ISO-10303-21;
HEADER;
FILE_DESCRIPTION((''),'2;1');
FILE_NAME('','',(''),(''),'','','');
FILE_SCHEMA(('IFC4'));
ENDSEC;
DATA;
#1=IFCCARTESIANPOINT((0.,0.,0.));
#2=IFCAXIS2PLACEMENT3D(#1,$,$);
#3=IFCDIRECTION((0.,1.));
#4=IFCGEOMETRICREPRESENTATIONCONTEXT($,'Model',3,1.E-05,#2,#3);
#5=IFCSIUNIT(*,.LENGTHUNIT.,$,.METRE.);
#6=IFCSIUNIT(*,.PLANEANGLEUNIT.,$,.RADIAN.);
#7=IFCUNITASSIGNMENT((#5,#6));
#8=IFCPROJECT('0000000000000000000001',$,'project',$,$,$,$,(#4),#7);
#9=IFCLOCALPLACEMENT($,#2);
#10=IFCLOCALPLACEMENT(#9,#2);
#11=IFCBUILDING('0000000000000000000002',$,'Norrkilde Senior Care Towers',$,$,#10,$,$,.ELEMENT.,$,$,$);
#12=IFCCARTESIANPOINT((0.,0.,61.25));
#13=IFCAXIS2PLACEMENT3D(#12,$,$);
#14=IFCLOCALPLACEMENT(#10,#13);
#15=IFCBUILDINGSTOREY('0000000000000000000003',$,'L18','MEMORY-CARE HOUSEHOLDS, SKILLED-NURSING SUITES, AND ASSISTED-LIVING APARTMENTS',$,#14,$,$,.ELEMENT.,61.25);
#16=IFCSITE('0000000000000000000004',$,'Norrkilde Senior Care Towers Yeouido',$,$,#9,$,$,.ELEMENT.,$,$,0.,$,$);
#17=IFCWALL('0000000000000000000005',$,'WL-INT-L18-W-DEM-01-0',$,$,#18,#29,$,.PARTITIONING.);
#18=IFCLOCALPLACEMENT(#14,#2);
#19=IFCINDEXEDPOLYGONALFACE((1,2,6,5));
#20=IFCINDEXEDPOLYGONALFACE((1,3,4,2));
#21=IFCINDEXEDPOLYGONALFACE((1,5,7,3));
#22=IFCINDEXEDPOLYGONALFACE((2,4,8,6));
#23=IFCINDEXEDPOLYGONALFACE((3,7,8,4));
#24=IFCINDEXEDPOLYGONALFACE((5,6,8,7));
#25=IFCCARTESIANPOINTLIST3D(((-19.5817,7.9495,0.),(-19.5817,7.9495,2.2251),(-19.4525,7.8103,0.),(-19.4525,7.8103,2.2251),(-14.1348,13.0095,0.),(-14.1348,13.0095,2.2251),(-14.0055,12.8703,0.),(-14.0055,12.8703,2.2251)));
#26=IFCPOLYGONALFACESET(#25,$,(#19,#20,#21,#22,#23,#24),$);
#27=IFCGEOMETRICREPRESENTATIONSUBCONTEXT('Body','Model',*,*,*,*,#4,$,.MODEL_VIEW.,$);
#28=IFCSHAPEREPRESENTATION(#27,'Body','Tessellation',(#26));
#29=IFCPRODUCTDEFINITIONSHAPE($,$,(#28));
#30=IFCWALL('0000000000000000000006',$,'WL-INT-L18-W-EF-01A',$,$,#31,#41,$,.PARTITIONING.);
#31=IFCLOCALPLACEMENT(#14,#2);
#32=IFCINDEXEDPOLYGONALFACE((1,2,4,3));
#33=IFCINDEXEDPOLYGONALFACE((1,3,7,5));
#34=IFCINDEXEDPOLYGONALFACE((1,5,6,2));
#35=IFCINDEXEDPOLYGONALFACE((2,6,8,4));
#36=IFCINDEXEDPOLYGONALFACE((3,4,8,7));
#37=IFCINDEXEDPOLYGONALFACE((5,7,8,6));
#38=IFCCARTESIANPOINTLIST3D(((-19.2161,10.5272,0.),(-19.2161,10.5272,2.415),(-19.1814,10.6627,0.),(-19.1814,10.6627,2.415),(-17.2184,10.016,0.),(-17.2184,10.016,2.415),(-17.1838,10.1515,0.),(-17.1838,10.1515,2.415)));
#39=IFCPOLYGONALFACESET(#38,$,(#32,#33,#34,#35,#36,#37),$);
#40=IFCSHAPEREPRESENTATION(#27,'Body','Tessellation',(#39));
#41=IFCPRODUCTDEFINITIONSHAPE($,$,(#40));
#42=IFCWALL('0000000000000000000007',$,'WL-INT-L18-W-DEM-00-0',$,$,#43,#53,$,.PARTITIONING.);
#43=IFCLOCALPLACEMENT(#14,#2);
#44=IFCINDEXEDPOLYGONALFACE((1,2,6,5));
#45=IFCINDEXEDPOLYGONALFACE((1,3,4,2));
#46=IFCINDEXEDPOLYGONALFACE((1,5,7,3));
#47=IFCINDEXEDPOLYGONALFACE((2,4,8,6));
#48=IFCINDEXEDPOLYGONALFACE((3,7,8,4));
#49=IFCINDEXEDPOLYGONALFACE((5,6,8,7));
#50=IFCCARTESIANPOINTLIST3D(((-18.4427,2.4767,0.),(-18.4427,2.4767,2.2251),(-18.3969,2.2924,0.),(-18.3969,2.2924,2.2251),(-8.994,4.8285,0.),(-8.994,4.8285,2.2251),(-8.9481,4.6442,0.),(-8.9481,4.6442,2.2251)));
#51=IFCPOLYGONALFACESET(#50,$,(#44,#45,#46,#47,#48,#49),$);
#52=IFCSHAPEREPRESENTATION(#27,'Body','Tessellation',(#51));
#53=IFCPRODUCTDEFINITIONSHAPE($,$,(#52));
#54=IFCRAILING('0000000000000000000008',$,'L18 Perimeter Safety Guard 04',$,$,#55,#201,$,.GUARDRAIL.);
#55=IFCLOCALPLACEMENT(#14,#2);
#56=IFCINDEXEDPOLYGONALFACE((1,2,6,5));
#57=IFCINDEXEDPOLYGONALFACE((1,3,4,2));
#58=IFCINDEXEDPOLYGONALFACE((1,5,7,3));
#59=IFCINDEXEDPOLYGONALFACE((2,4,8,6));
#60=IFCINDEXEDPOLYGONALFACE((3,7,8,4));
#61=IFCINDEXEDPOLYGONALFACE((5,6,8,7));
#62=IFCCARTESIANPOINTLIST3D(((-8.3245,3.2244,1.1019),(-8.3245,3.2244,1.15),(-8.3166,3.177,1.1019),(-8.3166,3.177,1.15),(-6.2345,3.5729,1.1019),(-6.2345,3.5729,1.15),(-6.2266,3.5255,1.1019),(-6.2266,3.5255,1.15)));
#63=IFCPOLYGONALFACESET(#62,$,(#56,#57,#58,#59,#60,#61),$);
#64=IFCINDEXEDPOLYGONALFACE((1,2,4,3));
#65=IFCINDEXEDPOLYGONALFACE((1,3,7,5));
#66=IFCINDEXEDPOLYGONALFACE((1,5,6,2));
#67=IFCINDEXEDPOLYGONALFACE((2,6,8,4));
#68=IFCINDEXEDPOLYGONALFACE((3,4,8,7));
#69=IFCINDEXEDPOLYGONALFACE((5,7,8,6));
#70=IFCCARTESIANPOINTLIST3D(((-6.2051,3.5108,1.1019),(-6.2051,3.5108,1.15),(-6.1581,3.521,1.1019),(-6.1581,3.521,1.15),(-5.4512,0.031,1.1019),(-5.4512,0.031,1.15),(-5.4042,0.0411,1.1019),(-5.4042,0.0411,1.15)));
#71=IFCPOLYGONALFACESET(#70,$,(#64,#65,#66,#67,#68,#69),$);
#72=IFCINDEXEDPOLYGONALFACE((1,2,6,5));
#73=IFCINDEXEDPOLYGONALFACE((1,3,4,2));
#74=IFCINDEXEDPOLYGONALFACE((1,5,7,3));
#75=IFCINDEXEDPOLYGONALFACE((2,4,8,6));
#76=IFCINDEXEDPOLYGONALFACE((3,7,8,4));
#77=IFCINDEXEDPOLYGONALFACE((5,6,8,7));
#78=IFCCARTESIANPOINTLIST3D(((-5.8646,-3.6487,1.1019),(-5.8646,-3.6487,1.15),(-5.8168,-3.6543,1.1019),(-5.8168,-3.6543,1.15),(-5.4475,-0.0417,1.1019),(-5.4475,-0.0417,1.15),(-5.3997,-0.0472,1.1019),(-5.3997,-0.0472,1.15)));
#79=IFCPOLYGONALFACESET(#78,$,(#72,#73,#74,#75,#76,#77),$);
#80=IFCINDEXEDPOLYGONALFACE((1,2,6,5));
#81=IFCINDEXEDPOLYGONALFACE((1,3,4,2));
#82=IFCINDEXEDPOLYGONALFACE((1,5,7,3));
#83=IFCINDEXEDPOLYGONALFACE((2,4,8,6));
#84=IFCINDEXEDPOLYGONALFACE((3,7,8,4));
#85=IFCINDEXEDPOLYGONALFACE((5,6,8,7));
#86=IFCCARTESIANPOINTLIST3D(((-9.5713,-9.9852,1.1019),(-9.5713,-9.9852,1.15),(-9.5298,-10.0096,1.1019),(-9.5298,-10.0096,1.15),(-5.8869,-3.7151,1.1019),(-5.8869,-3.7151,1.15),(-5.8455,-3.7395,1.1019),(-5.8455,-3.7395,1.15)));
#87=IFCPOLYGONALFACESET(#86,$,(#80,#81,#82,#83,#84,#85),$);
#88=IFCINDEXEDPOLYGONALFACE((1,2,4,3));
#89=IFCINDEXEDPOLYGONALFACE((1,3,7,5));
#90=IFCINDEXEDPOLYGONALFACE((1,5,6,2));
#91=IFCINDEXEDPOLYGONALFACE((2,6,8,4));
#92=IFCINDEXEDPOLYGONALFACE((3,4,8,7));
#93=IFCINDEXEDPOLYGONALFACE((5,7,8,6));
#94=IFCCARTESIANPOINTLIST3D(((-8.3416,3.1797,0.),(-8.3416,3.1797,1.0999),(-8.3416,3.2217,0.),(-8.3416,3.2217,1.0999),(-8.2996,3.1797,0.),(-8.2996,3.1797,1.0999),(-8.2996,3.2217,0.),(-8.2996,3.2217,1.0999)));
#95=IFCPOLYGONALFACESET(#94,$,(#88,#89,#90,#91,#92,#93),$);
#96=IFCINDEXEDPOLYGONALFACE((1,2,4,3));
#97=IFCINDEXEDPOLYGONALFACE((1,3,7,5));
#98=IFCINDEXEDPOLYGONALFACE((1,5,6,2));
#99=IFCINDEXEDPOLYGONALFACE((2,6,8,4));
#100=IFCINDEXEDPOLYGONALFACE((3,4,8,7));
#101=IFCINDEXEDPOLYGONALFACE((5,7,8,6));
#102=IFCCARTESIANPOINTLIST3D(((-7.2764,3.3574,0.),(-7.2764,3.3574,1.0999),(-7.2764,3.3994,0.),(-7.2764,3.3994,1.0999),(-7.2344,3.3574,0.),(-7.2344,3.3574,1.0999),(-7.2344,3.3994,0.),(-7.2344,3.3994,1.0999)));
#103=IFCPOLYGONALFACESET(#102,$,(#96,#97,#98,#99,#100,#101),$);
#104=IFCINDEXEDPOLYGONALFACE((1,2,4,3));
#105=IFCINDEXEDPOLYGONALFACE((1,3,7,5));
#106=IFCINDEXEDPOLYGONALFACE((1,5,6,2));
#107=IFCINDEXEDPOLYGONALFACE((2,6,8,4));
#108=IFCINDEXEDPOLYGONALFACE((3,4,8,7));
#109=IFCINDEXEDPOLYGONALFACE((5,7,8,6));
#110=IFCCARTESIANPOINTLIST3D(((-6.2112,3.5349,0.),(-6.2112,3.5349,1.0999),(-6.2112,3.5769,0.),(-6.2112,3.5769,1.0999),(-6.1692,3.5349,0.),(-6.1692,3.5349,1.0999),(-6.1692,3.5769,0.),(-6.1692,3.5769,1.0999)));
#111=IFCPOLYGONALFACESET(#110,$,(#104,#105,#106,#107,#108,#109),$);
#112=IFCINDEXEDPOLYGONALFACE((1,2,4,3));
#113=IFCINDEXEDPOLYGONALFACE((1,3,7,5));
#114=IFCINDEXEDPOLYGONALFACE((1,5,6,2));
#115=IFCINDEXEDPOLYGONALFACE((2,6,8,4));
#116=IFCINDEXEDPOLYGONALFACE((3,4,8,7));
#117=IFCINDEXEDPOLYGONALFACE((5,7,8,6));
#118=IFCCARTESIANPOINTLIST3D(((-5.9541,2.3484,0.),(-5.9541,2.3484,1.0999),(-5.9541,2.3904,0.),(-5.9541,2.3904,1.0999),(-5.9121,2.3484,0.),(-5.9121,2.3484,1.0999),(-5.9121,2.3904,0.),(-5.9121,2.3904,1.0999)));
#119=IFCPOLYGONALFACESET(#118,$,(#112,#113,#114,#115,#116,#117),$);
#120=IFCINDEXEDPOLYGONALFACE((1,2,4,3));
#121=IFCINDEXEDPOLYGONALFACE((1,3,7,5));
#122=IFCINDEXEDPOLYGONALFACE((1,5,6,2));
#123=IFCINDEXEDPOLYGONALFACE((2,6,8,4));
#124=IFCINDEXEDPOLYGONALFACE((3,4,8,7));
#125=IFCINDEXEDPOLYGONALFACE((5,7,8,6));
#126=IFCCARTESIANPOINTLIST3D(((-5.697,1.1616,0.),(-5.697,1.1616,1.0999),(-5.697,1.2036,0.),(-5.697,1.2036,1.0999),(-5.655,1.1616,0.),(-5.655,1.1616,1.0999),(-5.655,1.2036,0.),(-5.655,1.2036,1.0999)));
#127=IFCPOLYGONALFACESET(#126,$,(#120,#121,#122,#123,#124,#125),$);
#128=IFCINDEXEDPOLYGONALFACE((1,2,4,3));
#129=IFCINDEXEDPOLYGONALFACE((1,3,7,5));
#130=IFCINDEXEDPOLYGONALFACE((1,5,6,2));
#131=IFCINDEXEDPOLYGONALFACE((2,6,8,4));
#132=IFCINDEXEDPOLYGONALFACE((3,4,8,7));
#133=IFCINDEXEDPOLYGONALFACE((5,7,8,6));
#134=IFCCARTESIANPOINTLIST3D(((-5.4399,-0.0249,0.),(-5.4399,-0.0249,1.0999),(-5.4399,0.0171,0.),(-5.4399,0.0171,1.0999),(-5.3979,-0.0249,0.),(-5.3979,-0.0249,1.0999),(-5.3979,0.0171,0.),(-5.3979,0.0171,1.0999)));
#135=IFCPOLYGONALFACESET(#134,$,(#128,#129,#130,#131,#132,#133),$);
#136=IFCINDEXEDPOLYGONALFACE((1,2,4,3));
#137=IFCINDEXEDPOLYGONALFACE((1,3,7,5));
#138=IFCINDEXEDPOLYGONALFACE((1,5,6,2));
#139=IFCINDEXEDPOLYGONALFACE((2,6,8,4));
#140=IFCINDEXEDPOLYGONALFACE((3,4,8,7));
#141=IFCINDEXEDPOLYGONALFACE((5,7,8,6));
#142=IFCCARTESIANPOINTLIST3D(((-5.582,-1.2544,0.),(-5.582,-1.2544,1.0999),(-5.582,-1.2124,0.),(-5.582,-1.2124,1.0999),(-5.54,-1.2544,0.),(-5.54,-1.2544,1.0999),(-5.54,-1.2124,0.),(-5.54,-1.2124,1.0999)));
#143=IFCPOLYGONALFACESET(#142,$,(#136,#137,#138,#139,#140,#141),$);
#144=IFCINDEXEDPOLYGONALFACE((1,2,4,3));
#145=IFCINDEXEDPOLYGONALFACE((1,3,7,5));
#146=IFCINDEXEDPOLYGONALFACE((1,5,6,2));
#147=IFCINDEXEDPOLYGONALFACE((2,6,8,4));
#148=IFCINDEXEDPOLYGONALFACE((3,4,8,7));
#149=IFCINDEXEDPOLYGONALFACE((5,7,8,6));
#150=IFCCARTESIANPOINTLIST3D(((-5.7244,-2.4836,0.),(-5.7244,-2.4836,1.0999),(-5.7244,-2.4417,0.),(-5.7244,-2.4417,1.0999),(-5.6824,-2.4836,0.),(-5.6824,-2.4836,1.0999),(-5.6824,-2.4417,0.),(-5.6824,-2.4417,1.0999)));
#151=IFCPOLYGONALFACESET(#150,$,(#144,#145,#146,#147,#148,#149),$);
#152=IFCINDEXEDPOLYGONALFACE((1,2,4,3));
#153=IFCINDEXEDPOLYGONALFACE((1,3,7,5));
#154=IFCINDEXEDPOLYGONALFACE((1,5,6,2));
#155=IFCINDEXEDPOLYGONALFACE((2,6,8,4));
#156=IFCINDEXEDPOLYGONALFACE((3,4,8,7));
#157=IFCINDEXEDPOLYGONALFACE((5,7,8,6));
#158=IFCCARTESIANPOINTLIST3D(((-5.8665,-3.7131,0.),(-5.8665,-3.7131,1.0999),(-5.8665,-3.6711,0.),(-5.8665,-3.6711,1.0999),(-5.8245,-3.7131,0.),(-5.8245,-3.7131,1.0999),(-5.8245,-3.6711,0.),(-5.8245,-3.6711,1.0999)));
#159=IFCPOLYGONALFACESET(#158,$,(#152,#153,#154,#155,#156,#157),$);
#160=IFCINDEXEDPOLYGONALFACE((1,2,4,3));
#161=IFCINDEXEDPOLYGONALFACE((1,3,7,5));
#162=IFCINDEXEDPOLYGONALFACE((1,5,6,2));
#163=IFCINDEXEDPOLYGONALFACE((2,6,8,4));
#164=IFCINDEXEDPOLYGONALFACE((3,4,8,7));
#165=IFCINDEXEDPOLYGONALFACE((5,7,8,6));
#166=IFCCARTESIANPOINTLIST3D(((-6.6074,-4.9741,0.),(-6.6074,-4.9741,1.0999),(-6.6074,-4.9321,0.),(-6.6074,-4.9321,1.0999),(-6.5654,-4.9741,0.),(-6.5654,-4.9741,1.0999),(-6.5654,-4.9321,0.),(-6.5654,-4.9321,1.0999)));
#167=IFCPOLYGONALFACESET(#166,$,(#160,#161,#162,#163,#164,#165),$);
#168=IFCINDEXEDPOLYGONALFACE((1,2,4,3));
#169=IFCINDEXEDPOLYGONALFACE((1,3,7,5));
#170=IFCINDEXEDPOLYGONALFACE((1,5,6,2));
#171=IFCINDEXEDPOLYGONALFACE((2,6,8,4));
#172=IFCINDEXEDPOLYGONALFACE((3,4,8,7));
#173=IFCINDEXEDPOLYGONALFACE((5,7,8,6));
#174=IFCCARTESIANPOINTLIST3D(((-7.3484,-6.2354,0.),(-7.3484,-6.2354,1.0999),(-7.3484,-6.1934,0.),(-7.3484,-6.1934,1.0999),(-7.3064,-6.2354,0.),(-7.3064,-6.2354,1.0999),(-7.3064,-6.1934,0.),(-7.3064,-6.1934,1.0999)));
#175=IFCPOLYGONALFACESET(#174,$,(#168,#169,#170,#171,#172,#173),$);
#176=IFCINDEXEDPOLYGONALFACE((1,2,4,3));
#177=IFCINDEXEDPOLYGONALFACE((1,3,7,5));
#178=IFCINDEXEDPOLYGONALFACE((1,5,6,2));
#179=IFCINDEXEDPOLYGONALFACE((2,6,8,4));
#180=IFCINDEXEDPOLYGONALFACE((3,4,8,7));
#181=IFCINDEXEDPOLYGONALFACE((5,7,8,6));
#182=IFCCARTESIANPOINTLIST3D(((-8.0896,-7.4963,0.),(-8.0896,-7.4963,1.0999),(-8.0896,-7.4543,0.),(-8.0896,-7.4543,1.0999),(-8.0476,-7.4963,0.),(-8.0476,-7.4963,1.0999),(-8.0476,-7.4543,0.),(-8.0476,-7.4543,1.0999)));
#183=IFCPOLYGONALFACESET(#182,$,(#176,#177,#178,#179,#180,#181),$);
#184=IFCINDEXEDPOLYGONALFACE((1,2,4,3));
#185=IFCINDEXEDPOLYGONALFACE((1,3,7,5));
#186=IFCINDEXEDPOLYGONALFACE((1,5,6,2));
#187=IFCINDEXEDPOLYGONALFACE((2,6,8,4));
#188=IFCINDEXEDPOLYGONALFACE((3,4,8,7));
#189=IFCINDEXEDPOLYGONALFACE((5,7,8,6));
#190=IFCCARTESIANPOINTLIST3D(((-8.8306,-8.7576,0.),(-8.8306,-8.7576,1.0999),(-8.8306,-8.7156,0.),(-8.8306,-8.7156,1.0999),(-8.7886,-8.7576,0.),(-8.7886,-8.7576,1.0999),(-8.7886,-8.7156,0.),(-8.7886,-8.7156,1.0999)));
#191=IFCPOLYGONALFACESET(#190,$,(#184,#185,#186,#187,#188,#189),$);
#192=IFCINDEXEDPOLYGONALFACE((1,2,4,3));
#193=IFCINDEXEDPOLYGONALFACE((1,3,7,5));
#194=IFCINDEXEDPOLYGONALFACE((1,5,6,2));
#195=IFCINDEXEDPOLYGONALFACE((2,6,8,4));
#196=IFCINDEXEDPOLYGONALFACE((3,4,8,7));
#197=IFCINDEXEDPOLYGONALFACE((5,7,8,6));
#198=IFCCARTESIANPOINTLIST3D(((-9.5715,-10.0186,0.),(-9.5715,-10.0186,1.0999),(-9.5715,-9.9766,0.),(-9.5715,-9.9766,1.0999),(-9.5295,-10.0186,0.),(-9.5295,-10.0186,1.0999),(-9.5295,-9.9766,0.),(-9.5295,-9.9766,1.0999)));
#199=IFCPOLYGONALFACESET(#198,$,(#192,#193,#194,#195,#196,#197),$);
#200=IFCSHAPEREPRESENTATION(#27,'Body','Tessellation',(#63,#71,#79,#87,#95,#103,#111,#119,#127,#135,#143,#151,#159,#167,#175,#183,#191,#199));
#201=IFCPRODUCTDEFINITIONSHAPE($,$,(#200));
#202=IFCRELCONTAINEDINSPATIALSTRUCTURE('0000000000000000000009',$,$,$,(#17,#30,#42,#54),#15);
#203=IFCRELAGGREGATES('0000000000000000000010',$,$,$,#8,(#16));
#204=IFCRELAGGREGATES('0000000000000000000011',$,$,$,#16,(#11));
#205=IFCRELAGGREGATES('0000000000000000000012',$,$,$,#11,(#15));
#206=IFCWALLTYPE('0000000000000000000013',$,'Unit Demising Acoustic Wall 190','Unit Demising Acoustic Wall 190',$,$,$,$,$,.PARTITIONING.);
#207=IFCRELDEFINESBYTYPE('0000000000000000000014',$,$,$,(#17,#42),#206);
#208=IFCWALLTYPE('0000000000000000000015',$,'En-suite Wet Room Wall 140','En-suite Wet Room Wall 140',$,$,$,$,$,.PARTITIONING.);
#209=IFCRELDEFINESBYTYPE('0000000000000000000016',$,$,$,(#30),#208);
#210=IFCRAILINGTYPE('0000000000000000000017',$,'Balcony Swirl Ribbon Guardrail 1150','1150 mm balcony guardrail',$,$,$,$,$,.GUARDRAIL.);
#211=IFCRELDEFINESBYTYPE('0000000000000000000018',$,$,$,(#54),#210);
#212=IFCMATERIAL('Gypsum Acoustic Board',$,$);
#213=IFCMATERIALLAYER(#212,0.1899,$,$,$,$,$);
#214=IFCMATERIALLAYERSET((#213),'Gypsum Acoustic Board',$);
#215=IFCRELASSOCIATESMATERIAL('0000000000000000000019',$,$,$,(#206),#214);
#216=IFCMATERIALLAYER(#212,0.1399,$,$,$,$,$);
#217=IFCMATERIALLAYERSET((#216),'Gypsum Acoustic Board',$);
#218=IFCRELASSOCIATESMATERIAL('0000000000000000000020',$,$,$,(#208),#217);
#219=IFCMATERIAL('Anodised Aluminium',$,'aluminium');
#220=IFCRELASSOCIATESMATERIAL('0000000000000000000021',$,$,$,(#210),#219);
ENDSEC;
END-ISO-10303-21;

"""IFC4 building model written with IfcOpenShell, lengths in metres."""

from ifc_helpers import new_model, si_unit, direction, frame, frame_2d, origin, origin_2d, place, context, subcontext, project, spatial, rectangle, extrude, source, transform, mapped, material, layer, layer_set, type_object, element, save


model = new_model("IFC4")

# Units and contexts
model_context = context("Model", 3, precision=1e-05, world=origin(), true_north=direction((0.0, 1.0)))
body_context = subcontext(model_context, "Body", "Model", "MODEL_VIEW")
ifc_project = project(units=[si_unit("LENGTHUNIT", "METRE"), si_unit("PLANEANGLEUNIT", "RADIAN")], contexts=[model_context])

# Site, building, storey
site_placement = place(None, origin())
site = spatial("IfcSite", under=ifc_project, at=site_placement, Name="Norrkilde Senior Care Towers Yeouido", CompositionType="ELEMENT", RefElevation=0.0)
building_placement = place(site_placement, origin())
building = spatial("IfcBuilding", under=site, at=building_placement, Name="Norrkilde Senior Care Towers", CompositionType="ELEMENT")
storey_placement = place(building_placement, frame((0.0, 0.0, 61.25)))
storey = spatial("IfcBuildingStorey", under=building, at=storey_placement, Name="L18", Description="MEMORY-CARE HOUSEHOLDS, SKILLED-NURSING SUITES, AND ASSISTED-LIVING APARTMENTS", CompositionType="ELEMENT", Elevation=61.25)

# Shared definitions
ifc_material_1 = material(Name="Anodised Aluminium", Category="aluminium")

# Shared definitions
ifc_material_2 = material(Name="Gypsum Acoustic Board")

# Shared definitions
ifc_layer_1 = layer(ifc_material_2, 0.1899)
ifc_layer_set_1 = layer_set([ifc_layer_1], Name="Gypsum Acoustic Board")
wall_type_1 = type_object("IfcWallType", Name="Unit Demising Acoustic Wall 190", Description="Unit Demising Acoustic Wall 190", PredefinedType="PARTITIONING", material=ifc_layer_set_1)

# Shared definitions
ifc_layer_2 = layer(ifc_material_2, 0.1399)
ifc_layer_set_2 = layer_set([ifc_layer_2], Name="Gypsum Acoustic Board")
wall_type_2 = type_object("IfcWallType", Name="En-suite Wet Room Wall 140", Description="En-suite Wet Room Wall 140", PredefinedType="PARTITIONING", material=ifc_layer_set_2)

# Walls
shared_shape_1 = source(origin(), body_context, "Body", "SweptSolid", [
    extrude(rectangle(XDim=7.4346, YDim=0.1899, at=frame_2d((3.7173, 0.0))), origin(), (0.0, 0.0, 1.0), 2.2251),
])
wall_1_placement = place(storey_placement, frame((-19.5171, 7.8799, 0.0), z_axis=(0.0, 0.0, 1.0), x_axis=(0.732652, 0.680603, 0.0)))
element("IfcWall", 1, at=wall_1_placement, inside=storey, type_object=wall_type_1, Name="WL-INT-L18-W-DEM-01-0", PredefinedType="PARTITIONING", context=body_context, shape_type="MappedRepresentation", body=[
    mapped(shared_shape_1, transform((0.0, 0.0, 0.0), x_axis=(1.0, 0.0, 0.0), y_axis=(0.0, 1.0, 0.0), z_axis=(0.0, 0.0, 1.0), scale=1.0)),
])
shared_shape_2 = source(origin(), body_context, "Body", "SweptSolid", [
    extrude(rectangle(XDim=2.062, YDim=0.1399, at=frame_2d((1.031, 0.0))), origin(), (0.0, 0.0, 1.0), 2.415),
])
wall_2_placement = place(storey_placement, frame((-19.1987, 10.595, 0.0), z_axis=(0.0, 0.0, 1.0), x_axis=(0.968776, -0.247937, 0.0)))
element("IfcWall", 2, at=wall_2_placement, inside=storey, type_object=wall_type_2, Name="WL-INT-L18-W-EF-01A", PredefinedType="PARTITIONING", context=body_context, shape_type="MappedRepresentation", body=[
    mapped(shared_shape_2, transform((0.0, 0.0, 0.0), x_axis=(1.0, 0.0, 0.0), y_axis=(0.0, 1.0, 0.0), z_axis=(0.0, 0.0, 1.0), scale=1.0)),
])
shared_shape_3 = source(origin(), body_context, "Body", "SweptSolid", [
    extrude(rectangle(XDim=9.7371, YDim=0.1899, at=frame_2d((4.8687, 0.0))), origin(), (0.0, 0.0, 1.0), 2.2251),
])
wall_3_placement = place(storey_placement, frame((-18.4199, 2.3845, 0.0), z_axis=(0.0, 0.0, 1.0), x_axis=(0.970393, 0.241533, 0.0)))
element("IfcWall", 3, at=wall_3_placement, inside=storey, type_object=wall_type_1, Name="WL-INT-L18-W-DEM-00-0", PredefinedType="PARTITIONING", context=body_context, shape_type="MappedRepresentation", body=[
    mapped(shared_shape_3, transform((0.0, 0.0, 0.0), x_axis=(1.0, 0.0, 0.0), y_axis=(0.0, 1.0, 0.0), z_axis=(0.0, 0.0, 1.0), scale=1.0)),
])

# Railing
railing_type = type_object("IfcRailingType", Name="Balcony Swirl Ribbon Guardrail 1150", Description="1150 mm balcony guardrail", PredefinedType="GUARDRAIL", material=ifc_material_1)
railing_placement = place(storey_placement, frame((-8.3206, 3.2007, 0.0)))
element("IfcRailing", 4, at=railing_placement, inside=storey, type_object=railing_type, Name="L18 Perimeter Safety Guard 04", PredefinedType="GUARDRAIL", context=body_context, shape_type="SweptSolid", body=[
    extrude(rectangle(XDim=0.0481, YDim=0.0481, at=origin_2d()), frame((0.0, 0.0, 1.126), z_axis=(0.986382, 0.164472, 0.0), x_axis=(-0.164472, 0.986382, 0.0)), (0.0, 0.0, 1.0), 2.1189),
    extrude(rectangle(XDim=0.0481, YDim=0.0481, at=origin_2d()), frame((2.1389, 0.3152, 1.126), z_axis=(0.211739, -0.977326, 0.0), x_axis=(0.977326, 0.211739, 0.0)), (0.0, 0.0, 1.0), 3.5605),
    extrude(rectangle(XDim=0.0481, YDim=0.0481, at=origin_2d()), frame((2.897, -3.2451, 1.126), z_axis=(-0.114876, -0.99338, 0.0), x_axis=(0.99338, -0.114876, 0.0)), (0.0, 0.0, 1.0), 3.6311),
    extrude(rectangle(XDim=0.0481, YDim=0.0481, at=origin_2d()), frame((2.4543, -6.928, 1.126), z_axis=(-0.506615, -0.862173, 0.0), x_axis=(0.862173, -0.506615, 0.0)), (0.0, 0.0, 1.0), 7.2725),
    extrude(rectangle(XDim=0.042, YDim=0.042, at=origin_2d()), origin(), (0.0, 0.0, 1.0), 1.0999),
    extrude(rectangle(XDim=0.042, YDim=0.042, at=origin_2d()), frame((1.0652, 0.1777, 0.0)), (0.0, 0.0, 1.0), 1.0999),
    extrude(rectangle(XDim=0.042, YDim=0.042, at=origin_2d()), frame((2.1304, 0.3552, 0.0)), (0.0, 0.0, 1.0), 1.0999),
    extrude(rectangle(XDim=0.042, YDim=0.042, at=origin_2d()), frame((2.3875, -0.8313, 0.0)), (0.0, 0.0, 1.0), 1.0999),
    extrude(rectangle(XDim=0.042, YDim=0.042, at=origin_2d()), frame((2.6445, -2.0181, 0.0)), (0.0, 0.0, 1.0), 1.0999),
    extrude(rectangle(XDim=0.042, YDim=0.042, at=origin_2d()), frame((2.9016, -3.2046, 0.0)), (0.0, 0.0, 1.0), 1.0999),
    extrude(rectangle(XDim=0.042, YDim=0.042, at=origin_2d()), frame((2.7595, -4.4341, 0.0)), (0.0, 0.0, 1.0), 1.0999),
    extrude(rectangle(XDim=0.042, YDim=0.042, at=origin_2d()), frame((2.6172, -5.6633, 0.0)), (0.0, 0.0, 1.0), 1.0999),
    extrude(rectangle(XDim=0.042, YDim=0.042, at=origin_2d()), frame((2.4751, -6.8928, 0.0)), (0.0, 0.0, 1.0), 1.0999),
    extrude(rectangle(XDim=0.042, YDim=0.042, at=origin_2d()), frame((1.7341, -8.1538, 0.0)), (0.0, 0.0, 1.0), 1.0999),
    extrude(rectangle(XDim=0.042, YDim=0.042, at=origin_2d()), frame((0.9932, -9.415, 0.0)), (0.0, 0.0, 1.0), 1.0999),
    extrude(rectangle(XDim=0.042, YDim=0.042, at=origin_2d()), frame((0.252, -10.676, 0.0)), (0.0, 0.0, 1.0), 1.0999),
    extrude(rectangle(XDim=0.042, YDim=0.042, at=origin_2d()), frame((-0.489, -11.9373, 0.0)), (0.0, 0.0, 1.0), 1.0999),
    extrude(rectangle(XDim=0.042, YDim=0.042, at=origin_2d()), frame((-1.23, -13.1982, 0.0)), (0.0, 0.0, 1.0), 1.0999),
])

save(model, "model.ifc")
